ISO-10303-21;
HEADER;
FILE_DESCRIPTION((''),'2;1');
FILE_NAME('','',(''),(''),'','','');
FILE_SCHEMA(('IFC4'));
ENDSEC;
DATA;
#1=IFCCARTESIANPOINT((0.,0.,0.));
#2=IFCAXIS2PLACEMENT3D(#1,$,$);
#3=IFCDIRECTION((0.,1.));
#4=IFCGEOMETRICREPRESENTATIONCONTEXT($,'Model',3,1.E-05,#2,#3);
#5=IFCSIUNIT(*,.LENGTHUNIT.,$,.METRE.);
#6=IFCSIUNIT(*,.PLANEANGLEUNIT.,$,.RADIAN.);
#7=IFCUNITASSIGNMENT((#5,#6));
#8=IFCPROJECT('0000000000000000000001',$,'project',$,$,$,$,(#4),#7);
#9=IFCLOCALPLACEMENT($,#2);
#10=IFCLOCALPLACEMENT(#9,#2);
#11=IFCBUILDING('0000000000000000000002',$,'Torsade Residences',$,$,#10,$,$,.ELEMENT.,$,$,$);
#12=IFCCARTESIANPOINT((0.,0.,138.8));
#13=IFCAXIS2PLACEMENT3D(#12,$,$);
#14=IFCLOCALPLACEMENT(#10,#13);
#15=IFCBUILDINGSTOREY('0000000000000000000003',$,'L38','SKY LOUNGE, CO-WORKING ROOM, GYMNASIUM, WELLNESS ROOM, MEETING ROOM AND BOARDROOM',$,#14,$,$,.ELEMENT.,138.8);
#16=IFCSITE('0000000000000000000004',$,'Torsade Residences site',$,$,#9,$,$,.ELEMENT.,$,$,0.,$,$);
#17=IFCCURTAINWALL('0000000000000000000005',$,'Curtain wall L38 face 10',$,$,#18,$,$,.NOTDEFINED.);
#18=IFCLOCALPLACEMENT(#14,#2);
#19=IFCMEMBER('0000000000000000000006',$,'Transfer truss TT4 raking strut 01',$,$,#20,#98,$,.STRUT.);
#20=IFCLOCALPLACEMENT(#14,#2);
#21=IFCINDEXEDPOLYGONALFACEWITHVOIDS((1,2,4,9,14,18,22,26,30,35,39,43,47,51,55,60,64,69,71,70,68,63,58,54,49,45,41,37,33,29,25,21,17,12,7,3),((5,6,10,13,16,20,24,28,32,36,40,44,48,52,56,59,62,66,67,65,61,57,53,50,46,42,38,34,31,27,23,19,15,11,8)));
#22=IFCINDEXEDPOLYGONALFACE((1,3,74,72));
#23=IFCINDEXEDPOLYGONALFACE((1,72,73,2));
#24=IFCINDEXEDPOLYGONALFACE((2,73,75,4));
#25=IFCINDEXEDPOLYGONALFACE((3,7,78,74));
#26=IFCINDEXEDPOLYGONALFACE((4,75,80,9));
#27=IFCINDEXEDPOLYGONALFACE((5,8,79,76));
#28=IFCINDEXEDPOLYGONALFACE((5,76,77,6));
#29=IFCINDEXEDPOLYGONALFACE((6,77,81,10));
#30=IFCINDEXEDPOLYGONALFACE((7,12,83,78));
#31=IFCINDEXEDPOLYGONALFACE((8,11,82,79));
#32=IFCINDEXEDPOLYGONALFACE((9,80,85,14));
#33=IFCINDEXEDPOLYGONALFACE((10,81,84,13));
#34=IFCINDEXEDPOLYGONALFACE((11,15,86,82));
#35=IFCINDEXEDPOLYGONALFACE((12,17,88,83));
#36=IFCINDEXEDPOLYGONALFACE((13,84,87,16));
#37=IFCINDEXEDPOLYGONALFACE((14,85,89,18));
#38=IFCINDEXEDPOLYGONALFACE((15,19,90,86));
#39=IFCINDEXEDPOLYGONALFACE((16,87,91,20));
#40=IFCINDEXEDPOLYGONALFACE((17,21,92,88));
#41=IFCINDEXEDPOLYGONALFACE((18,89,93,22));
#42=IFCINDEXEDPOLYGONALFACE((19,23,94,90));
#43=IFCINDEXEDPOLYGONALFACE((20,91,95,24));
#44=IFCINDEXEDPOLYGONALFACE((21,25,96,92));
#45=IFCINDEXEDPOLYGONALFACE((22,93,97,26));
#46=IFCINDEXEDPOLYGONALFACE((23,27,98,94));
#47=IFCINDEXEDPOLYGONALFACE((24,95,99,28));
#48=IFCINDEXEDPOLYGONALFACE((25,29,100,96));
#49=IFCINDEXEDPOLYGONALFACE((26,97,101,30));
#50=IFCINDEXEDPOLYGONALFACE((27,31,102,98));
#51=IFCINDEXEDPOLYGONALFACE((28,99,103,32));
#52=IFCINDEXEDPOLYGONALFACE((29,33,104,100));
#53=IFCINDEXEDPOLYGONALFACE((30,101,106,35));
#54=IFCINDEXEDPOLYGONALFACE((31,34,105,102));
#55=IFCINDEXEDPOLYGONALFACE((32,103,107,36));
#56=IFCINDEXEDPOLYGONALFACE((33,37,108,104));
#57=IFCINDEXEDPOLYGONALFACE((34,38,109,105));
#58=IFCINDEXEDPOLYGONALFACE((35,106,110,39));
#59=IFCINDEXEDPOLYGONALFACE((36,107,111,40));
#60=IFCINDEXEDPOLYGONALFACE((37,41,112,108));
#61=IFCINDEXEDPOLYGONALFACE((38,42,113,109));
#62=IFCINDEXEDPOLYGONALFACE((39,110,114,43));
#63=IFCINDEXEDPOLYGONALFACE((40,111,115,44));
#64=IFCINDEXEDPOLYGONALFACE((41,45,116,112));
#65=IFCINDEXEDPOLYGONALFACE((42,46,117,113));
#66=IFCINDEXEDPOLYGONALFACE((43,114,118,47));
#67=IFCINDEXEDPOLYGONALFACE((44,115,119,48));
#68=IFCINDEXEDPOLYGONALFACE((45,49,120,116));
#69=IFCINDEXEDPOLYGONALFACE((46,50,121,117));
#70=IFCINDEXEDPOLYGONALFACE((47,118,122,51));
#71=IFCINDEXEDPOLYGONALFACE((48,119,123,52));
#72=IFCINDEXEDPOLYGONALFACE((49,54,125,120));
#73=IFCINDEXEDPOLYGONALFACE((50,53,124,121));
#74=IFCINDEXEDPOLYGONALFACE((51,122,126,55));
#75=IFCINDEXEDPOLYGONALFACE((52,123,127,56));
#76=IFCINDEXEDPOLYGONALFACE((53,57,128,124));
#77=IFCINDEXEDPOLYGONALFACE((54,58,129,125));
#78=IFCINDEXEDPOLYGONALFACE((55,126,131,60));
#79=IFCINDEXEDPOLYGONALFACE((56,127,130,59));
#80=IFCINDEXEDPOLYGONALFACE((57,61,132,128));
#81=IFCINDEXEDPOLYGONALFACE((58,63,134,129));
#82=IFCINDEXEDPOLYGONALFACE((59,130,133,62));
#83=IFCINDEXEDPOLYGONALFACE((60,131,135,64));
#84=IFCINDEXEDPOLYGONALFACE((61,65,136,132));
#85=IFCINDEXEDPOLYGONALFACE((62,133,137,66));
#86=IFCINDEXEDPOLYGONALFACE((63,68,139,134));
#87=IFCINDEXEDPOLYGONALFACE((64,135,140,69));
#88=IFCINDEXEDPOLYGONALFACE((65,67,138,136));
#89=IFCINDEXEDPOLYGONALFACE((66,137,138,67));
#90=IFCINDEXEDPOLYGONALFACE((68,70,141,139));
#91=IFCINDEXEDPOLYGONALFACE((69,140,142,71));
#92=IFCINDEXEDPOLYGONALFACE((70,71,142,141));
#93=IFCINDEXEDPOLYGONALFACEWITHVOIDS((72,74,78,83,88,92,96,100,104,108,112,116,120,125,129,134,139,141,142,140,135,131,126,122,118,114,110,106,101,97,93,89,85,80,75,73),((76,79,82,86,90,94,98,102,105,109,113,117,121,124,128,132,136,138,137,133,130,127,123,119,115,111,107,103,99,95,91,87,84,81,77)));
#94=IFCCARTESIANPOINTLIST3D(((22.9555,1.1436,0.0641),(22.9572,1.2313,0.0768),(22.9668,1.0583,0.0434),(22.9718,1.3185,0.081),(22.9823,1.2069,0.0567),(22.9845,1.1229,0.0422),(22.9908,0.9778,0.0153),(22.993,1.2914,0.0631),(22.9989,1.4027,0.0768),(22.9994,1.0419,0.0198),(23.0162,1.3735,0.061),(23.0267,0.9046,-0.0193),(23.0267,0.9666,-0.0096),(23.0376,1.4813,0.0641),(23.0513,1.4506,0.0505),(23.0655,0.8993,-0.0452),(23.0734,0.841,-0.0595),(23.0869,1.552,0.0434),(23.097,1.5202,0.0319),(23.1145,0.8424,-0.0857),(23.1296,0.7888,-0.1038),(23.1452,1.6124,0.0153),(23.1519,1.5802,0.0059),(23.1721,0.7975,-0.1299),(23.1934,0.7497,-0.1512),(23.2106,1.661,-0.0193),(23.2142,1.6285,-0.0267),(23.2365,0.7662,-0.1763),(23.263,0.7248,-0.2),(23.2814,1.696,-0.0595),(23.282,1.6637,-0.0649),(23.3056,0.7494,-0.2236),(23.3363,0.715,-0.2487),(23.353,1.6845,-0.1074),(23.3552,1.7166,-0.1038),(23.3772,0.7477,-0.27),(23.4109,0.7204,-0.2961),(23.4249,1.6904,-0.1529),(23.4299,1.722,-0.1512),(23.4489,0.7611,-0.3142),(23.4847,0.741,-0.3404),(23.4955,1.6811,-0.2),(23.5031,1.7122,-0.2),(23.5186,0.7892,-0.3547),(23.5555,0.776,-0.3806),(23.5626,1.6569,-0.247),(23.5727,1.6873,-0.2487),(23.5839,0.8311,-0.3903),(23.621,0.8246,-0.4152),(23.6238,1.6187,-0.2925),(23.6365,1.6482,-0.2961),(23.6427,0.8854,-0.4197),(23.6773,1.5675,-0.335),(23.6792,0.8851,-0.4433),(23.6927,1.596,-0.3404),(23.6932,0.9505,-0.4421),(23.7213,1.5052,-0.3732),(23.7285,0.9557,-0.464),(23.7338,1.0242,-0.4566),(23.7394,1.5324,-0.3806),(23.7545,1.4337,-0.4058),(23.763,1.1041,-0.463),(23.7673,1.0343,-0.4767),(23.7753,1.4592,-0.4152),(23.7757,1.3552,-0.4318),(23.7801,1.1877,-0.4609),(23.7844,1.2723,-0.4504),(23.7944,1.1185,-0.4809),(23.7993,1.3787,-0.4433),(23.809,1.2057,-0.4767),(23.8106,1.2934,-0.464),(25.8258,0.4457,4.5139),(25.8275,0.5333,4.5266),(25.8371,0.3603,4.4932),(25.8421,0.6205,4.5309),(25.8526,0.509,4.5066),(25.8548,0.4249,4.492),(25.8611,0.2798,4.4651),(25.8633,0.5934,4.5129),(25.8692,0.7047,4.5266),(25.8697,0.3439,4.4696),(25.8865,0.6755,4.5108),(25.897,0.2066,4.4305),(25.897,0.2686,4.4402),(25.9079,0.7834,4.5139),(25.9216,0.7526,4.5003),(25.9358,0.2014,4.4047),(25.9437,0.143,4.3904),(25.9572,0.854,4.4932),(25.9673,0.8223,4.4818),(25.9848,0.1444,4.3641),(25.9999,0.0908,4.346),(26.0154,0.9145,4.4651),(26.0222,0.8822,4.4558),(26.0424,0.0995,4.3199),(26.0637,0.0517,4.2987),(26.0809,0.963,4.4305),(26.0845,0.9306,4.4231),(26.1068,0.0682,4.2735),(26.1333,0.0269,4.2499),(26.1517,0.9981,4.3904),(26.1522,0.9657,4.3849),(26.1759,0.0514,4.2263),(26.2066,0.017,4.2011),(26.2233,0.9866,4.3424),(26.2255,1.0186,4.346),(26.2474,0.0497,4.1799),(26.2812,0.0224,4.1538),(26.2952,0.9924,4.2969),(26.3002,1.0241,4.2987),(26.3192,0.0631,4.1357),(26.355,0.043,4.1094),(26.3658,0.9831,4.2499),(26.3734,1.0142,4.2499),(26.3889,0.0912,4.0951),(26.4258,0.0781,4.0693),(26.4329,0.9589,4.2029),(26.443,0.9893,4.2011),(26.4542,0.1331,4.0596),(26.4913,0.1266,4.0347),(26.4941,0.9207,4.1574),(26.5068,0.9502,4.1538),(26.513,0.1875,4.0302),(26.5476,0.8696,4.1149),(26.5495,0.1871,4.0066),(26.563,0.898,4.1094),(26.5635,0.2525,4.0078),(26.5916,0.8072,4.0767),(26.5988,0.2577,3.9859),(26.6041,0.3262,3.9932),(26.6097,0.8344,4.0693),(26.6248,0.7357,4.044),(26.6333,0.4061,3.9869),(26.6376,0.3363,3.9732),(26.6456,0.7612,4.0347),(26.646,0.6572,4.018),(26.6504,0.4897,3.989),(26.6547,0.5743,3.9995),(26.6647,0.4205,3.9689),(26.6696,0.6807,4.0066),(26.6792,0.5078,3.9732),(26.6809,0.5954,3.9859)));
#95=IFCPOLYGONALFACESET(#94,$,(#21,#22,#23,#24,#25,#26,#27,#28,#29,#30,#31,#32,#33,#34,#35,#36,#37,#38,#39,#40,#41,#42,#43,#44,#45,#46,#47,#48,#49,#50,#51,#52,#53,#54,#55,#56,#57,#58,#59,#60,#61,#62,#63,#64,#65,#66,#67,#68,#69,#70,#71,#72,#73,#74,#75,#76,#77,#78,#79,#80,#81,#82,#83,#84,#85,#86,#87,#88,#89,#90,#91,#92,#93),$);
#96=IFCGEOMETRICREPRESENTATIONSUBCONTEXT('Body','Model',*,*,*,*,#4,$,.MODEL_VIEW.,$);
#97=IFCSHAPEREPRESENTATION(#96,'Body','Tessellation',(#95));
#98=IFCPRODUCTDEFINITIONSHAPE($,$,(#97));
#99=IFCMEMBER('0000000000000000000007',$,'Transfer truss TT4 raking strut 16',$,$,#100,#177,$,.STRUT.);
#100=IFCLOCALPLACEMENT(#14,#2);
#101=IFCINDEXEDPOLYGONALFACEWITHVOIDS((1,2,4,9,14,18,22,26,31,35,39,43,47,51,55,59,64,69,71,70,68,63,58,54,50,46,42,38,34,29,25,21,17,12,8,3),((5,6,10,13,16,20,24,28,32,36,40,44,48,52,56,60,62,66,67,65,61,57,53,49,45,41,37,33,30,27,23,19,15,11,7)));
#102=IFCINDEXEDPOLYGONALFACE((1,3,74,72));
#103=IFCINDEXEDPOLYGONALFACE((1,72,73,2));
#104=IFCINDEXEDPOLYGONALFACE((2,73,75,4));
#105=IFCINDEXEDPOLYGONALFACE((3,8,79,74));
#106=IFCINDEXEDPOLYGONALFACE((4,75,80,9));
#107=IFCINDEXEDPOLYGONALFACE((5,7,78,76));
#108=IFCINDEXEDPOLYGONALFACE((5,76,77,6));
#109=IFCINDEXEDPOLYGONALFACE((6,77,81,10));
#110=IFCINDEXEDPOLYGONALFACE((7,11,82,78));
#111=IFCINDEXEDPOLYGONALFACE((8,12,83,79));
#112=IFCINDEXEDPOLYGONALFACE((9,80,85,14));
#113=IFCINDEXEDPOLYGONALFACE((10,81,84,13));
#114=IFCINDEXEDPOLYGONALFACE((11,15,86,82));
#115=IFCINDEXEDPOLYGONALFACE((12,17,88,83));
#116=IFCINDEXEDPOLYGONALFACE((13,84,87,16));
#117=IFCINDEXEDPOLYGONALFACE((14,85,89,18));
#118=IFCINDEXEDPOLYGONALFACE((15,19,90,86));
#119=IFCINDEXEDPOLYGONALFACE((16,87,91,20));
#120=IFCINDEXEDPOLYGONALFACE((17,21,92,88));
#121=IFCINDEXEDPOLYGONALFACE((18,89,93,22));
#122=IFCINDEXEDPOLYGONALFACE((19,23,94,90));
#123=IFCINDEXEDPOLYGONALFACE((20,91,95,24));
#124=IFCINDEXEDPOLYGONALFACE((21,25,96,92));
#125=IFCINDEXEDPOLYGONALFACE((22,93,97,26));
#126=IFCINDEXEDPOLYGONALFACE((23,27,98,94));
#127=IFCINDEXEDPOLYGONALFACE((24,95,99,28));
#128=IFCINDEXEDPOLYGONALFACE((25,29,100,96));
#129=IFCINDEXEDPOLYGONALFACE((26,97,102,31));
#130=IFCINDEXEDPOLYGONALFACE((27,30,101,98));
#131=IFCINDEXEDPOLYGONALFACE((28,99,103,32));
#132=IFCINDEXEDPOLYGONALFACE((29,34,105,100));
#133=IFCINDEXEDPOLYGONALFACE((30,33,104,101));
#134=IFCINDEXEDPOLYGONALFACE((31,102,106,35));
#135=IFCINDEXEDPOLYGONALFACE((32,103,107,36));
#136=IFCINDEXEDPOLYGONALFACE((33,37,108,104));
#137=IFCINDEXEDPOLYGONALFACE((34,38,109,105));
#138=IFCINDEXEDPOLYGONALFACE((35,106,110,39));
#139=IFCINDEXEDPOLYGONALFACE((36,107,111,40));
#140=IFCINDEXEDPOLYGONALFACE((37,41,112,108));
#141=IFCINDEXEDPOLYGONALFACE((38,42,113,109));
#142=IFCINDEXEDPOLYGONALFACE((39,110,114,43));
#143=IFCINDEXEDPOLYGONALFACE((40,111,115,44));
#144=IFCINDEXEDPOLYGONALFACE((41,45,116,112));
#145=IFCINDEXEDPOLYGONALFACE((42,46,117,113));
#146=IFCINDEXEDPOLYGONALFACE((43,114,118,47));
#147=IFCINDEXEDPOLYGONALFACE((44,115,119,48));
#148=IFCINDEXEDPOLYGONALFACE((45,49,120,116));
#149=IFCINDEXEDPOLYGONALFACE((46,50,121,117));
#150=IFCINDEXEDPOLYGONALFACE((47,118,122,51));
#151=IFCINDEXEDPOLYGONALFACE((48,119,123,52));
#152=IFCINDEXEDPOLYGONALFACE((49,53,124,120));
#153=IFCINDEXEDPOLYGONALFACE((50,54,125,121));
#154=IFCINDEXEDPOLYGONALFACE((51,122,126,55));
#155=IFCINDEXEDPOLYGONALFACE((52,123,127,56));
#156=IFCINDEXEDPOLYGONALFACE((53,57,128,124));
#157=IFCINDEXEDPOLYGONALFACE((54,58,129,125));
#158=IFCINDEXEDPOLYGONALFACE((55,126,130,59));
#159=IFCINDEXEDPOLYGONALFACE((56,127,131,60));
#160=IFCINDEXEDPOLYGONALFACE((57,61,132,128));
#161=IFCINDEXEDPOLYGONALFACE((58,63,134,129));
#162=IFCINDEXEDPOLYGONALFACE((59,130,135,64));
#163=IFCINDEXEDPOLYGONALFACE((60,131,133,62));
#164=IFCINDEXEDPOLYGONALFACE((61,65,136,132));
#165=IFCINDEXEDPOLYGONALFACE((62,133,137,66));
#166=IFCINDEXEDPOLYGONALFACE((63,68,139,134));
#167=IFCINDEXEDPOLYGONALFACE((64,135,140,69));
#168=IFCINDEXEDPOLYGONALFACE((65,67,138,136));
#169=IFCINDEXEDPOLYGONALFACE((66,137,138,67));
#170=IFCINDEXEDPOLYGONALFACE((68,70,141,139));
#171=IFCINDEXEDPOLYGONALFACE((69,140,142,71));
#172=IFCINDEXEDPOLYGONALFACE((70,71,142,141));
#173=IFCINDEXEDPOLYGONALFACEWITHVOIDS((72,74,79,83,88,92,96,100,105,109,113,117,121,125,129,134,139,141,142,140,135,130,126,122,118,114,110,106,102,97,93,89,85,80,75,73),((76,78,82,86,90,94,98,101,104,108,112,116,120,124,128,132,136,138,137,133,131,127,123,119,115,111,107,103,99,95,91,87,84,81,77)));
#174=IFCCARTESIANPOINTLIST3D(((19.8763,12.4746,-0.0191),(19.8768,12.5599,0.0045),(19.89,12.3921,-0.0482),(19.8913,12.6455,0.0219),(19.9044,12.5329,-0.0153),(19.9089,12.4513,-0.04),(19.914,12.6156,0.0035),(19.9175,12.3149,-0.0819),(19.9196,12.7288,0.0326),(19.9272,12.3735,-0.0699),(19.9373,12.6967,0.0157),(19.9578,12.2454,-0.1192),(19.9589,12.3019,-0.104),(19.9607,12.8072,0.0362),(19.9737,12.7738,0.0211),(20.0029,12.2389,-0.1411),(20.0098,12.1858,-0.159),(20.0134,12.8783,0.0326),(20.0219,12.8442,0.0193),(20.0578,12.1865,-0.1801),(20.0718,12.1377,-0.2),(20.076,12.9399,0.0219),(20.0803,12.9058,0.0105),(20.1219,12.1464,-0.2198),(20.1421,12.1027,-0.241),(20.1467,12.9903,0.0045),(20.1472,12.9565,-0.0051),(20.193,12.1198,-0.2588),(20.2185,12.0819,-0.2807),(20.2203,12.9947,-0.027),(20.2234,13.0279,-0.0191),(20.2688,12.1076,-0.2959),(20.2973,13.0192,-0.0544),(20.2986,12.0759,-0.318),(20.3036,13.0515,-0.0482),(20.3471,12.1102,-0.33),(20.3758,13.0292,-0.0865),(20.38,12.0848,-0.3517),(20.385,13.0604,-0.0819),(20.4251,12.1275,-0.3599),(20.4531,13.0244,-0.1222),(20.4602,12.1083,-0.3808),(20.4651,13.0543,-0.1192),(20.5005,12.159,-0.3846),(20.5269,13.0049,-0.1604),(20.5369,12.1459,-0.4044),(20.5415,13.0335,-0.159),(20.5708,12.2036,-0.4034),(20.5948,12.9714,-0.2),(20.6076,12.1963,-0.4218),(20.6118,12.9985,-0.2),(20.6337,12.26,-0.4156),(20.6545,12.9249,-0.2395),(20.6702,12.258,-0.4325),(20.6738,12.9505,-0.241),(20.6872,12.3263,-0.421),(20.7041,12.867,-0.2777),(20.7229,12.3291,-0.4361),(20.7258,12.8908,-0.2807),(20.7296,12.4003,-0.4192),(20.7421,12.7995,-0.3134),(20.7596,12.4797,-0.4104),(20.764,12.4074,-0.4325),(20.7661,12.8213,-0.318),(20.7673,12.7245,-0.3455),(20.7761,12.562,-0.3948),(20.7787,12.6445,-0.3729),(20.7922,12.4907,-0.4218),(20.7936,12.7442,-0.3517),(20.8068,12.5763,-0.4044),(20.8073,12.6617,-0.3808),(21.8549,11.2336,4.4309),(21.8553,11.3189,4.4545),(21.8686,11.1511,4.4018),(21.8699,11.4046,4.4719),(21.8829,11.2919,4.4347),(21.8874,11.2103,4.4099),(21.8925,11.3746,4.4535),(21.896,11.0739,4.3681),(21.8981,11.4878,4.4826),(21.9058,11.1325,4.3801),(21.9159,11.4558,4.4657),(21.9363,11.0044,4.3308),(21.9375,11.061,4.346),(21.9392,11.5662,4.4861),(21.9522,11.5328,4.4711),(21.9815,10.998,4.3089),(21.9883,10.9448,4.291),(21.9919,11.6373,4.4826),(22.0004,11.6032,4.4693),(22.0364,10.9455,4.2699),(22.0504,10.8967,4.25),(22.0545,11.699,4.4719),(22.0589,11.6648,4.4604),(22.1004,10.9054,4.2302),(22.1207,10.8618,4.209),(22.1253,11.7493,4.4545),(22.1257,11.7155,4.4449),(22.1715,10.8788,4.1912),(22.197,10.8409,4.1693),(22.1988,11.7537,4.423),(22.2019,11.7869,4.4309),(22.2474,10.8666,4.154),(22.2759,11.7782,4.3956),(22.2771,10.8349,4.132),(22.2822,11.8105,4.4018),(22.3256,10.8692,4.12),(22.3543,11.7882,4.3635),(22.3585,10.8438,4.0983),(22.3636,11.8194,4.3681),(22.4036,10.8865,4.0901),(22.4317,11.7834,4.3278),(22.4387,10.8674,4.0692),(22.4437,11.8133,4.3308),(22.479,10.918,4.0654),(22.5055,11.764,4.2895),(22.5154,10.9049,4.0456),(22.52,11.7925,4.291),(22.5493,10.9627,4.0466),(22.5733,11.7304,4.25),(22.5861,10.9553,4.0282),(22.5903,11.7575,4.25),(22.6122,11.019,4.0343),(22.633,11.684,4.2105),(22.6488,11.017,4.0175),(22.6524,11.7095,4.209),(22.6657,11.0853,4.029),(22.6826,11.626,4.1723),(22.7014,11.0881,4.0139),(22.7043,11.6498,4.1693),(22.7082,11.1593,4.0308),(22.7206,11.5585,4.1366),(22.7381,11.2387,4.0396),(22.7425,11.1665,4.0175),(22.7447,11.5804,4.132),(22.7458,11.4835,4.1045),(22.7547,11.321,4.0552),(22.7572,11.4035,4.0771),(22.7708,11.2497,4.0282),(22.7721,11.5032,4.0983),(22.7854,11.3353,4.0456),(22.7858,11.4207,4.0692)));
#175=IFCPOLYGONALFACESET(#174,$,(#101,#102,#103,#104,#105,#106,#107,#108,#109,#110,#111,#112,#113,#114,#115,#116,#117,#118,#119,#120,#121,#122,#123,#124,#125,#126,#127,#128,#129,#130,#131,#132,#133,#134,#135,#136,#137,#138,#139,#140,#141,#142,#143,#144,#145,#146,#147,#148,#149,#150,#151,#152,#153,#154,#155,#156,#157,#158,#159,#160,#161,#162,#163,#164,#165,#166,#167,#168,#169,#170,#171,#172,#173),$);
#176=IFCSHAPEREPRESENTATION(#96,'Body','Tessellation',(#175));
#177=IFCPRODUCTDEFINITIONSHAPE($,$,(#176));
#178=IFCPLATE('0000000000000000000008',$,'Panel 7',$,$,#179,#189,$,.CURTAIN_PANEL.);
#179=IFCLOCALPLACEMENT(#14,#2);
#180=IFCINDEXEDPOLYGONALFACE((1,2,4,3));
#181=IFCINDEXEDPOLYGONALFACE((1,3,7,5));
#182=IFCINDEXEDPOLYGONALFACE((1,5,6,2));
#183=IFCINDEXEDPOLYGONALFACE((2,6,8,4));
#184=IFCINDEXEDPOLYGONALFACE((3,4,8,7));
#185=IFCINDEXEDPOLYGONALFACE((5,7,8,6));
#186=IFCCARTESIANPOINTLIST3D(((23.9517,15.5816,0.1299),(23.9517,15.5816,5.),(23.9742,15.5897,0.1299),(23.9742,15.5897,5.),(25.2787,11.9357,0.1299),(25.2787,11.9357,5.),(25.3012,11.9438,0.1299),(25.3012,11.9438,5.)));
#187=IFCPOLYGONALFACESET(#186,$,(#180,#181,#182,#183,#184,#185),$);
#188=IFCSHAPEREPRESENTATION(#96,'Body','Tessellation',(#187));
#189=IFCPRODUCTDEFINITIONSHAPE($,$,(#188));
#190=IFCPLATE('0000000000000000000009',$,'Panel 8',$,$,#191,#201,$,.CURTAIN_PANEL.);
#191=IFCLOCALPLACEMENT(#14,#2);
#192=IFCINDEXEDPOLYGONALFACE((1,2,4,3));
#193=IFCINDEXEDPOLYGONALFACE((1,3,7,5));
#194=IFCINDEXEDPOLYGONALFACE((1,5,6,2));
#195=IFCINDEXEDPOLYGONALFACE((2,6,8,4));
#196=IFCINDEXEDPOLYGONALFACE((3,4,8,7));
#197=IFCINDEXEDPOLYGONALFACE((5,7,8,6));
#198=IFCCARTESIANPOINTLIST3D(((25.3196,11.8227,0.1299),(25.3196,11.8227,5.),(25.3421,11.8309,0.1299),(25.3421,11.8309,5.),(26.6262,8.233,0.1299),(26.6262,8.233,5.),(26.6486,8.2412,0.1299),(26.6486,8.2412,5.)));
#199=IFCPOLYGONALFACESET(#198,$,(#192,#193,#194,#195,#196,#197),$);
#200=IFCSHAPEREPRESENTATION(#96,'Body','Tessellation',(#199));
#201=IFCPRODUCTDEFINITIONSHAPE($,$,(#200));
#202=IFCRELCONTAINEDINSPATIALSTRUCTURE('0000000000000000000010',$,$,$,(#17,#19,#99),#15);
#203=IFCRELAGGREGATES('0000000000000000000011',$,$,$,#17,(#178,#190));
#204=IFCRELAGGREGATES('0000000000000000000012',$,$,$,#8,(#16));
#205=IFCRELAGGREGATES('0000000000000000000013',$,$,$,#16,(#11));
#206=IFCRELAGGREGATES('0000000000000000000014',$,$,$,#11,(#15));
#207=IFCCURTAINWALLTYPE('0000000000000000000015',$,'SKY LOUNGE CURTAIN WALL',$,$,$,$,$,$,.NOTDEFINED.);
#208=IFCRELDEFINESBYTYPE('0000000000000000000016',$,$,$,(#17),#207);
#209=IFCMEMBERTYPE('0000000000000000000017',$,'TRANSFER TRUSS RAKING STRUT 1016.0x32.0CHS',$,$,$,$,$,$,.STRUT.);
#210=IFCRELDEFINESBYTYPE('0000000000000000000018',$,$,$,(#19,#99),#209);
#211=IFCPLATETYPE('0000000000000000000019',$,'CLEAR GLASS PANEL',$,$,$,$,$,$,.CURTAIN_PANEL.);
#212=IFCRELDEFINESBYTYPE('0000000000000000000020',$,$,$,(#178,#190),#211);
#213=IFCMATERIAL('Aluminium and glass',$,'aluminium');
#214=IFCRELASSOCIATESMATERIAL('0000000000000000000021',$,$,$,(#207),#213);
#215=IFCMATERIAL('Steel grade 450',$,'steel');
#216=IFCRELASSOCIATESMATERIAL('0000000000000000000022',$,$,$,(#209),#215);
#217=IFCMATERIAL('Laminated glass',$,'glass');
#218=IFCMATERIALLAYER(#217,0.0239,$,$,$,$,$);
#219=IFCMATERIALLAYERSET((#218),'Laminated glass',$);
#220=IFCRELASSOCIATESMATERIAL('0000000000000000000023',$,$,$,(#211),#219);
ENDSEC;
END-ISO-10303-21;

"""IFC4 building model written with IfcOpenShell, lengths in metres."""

from ifc_helpers import new_model, si_unit, direction, frame, origin, origin_2d, place, context, subcontext, project, spatial, rectangle, hollow_circle, extrude, material, layer, layer_set, material_profile, profile_set, type_object, element, aggregate, save


model = new_model("IFC4")

# Units and contexts
model_context = context("Model", 3, precision=1e-05, world=origin(), true_north=direction((0.0, 1.0)))
body_context = subcontext(model_context, "Body", "Model", "MODEL_VIEW")
ifc_project = project(units=[si_unit("LENGTHUNIT", "METRE"), si_unit("PLANEANGLEUNIT", "RADIAN")], contexts=[model_context])

# Site, building, storey
site_placement = place(None, origin())
site = spatial("IfcSite", under=ifc_project, at=site_placement, Name="Torsade Residences site", CompositionType="ELEMENT", RefElevation=0.0)
building_placement = place(site_placement, origin())
building = spatial("IfcBuilding", under=site, at=building_placement, Name="Torsade Residences", CompositionType="ELEMENT")
storey_placement = place(building_placement, frame((0.0, 0.0, 138.8)))
storey = spatial("IfcBuildingStorey", under=building, at=storey_placement, Name="L38", Description="SKY LOUNGE, CO-WORKING ROOM, GYMNASIUM, WELLNESS ROOM, MEETING ROOM AND BOARDROOM", CompositionType="ELEMENT", Elevation=138.8)

# Curtain wall
ifc_material_1 = material(Name="Aluminium and glass", Category="aluminium")
curtain_wall_type = type_object("IfcCurtainWallType", Name="SKY LOUNGE CURTAIN WALL", PredefinedType="NOTDEFINED", material=ifc_material_1)
curtain_wall_placement = place(storey_placement, origin())
curtain_wall = element("IfcCurtainWall", 1, at=curtain_wall_placement, inside=storey, type_object=curtain_wall_type, Name="Curtain wall L38 face 10", PredefinedType="NOTDEFINED")

# Members
ifc_material_2 = material(Name="Steel grade 450", Category="steel")
ifc_material_profile_1 = material_profile(ifc_material_2, hollow_circle(Radius=0.5081, WallThickness=0.032, at=origin_2d()), Name="1016.0x32.0CHS")
ifc_profile_set_1 = profile_set([ifc_material_profile_1], Name="Steel grade 450")
member_type_1 = type_object("IfcMemberType", Name="TRANSFER TRUSS RAKING STRUT 1016.0x32.0CHS", PredefinedType="STRUT", material=ifc_profile_set_1)
member_1_placement = place(storey_placement, frame((23.3831, 1.2185, -0.2), z_axis=(0.537402, -0.130682, 0.83314), x_axis=(0.236288, 0.971683, 0.0)))
element("IfcMember", 2, at=member_1_placement, inside=storey, type_object=member_type_1, Name="Transfer truss TT4 raking strut 01", PredefinedType="STRUT", context=body_context, shape_type="SweptSolid", body=[
    extrude(hollow_circle(Radius=0.5081, WallThickness=0.032, at=origin_2d()), origin(), (0.0, 0.0, 1.0), 5.3411),
])
member_2_placement = place(storey_placement, frame((20.3418, 12.5681, -0.2), z_axis=(0.393688, -0.246929, 0.885458), x_axis=(0.531351, 0.847152, 0.0)))
element("IfcMember", 3, at=member_2_placement, inside=storey, type_object=member_type_1, Name="Transfer truss TT4 raking strut 16", PredefinedType="STRUT", context=body_context, shape_type="SweptSolid", body=[
    extrude(hollow_circle(Radius=0.5081, WallThickness=0.032, at=origin_2d()), origin(), (0.0, 0.0, 1.0), 5.0256),
])

# Plates
ifc_material_3 = material(Name="Laminated glass", Category="glass")
ifc_layer_1 = layer(ifc_material_3, 0.0239)
ifc_layer_set_1 = layer_set([ifc_layer_1], Name="Laminated glass")
plate_type = type_object("IfcPlateType", Name="CLEAR GLASS PANEL", PredefinedType="CURTAIN_PANEL", material=ifc_layer_set_1)
plate_1_placement = place(storey_placement, frame((24.6265, 13.7627, 0.1299), z_axis=(0.0, 0.0, 1.0), x_axis=(0.34202, -0.939693, 0.0)))
plate_1 = element("IfcPlate", 4, at=plate_1_placement, type_object=plate_type, Name="Panel 7", PredefinedType="CURTAIN_PANEL", context=body_context, shape_type="SweptSolid", body=[
    extrude(rectangle(XDim=3.8799, YDim=0.0239, at=origin_2d()), origin(), (0.0, 0.0, 1.0), 4.8701),
])
plate_2_placement = place(storey_placement, frame((25.9841, 10.032, 0.1299), z_axis=(0.0, 0.0, 1.0), x_axis=(0.34202, -0.939693, 0.0)))
plate_2 = element("IfcPlate", 5, at=plate_2_placement, type_object=plate_type, Name="Panel 8", PredefinedType="CURTAIN_PANEL", context=body_context, shape_type="SweptSolid", body=[
    extrude(rectangle(XDim=3.8201, YDim=0.0239, at=origin_2d()), origin(), (0.0, 0.0, 1.0), 4.8701),
])
aggregate(curtain_wall, [plate_1, plate_2])

save(model, "model.ifc")
